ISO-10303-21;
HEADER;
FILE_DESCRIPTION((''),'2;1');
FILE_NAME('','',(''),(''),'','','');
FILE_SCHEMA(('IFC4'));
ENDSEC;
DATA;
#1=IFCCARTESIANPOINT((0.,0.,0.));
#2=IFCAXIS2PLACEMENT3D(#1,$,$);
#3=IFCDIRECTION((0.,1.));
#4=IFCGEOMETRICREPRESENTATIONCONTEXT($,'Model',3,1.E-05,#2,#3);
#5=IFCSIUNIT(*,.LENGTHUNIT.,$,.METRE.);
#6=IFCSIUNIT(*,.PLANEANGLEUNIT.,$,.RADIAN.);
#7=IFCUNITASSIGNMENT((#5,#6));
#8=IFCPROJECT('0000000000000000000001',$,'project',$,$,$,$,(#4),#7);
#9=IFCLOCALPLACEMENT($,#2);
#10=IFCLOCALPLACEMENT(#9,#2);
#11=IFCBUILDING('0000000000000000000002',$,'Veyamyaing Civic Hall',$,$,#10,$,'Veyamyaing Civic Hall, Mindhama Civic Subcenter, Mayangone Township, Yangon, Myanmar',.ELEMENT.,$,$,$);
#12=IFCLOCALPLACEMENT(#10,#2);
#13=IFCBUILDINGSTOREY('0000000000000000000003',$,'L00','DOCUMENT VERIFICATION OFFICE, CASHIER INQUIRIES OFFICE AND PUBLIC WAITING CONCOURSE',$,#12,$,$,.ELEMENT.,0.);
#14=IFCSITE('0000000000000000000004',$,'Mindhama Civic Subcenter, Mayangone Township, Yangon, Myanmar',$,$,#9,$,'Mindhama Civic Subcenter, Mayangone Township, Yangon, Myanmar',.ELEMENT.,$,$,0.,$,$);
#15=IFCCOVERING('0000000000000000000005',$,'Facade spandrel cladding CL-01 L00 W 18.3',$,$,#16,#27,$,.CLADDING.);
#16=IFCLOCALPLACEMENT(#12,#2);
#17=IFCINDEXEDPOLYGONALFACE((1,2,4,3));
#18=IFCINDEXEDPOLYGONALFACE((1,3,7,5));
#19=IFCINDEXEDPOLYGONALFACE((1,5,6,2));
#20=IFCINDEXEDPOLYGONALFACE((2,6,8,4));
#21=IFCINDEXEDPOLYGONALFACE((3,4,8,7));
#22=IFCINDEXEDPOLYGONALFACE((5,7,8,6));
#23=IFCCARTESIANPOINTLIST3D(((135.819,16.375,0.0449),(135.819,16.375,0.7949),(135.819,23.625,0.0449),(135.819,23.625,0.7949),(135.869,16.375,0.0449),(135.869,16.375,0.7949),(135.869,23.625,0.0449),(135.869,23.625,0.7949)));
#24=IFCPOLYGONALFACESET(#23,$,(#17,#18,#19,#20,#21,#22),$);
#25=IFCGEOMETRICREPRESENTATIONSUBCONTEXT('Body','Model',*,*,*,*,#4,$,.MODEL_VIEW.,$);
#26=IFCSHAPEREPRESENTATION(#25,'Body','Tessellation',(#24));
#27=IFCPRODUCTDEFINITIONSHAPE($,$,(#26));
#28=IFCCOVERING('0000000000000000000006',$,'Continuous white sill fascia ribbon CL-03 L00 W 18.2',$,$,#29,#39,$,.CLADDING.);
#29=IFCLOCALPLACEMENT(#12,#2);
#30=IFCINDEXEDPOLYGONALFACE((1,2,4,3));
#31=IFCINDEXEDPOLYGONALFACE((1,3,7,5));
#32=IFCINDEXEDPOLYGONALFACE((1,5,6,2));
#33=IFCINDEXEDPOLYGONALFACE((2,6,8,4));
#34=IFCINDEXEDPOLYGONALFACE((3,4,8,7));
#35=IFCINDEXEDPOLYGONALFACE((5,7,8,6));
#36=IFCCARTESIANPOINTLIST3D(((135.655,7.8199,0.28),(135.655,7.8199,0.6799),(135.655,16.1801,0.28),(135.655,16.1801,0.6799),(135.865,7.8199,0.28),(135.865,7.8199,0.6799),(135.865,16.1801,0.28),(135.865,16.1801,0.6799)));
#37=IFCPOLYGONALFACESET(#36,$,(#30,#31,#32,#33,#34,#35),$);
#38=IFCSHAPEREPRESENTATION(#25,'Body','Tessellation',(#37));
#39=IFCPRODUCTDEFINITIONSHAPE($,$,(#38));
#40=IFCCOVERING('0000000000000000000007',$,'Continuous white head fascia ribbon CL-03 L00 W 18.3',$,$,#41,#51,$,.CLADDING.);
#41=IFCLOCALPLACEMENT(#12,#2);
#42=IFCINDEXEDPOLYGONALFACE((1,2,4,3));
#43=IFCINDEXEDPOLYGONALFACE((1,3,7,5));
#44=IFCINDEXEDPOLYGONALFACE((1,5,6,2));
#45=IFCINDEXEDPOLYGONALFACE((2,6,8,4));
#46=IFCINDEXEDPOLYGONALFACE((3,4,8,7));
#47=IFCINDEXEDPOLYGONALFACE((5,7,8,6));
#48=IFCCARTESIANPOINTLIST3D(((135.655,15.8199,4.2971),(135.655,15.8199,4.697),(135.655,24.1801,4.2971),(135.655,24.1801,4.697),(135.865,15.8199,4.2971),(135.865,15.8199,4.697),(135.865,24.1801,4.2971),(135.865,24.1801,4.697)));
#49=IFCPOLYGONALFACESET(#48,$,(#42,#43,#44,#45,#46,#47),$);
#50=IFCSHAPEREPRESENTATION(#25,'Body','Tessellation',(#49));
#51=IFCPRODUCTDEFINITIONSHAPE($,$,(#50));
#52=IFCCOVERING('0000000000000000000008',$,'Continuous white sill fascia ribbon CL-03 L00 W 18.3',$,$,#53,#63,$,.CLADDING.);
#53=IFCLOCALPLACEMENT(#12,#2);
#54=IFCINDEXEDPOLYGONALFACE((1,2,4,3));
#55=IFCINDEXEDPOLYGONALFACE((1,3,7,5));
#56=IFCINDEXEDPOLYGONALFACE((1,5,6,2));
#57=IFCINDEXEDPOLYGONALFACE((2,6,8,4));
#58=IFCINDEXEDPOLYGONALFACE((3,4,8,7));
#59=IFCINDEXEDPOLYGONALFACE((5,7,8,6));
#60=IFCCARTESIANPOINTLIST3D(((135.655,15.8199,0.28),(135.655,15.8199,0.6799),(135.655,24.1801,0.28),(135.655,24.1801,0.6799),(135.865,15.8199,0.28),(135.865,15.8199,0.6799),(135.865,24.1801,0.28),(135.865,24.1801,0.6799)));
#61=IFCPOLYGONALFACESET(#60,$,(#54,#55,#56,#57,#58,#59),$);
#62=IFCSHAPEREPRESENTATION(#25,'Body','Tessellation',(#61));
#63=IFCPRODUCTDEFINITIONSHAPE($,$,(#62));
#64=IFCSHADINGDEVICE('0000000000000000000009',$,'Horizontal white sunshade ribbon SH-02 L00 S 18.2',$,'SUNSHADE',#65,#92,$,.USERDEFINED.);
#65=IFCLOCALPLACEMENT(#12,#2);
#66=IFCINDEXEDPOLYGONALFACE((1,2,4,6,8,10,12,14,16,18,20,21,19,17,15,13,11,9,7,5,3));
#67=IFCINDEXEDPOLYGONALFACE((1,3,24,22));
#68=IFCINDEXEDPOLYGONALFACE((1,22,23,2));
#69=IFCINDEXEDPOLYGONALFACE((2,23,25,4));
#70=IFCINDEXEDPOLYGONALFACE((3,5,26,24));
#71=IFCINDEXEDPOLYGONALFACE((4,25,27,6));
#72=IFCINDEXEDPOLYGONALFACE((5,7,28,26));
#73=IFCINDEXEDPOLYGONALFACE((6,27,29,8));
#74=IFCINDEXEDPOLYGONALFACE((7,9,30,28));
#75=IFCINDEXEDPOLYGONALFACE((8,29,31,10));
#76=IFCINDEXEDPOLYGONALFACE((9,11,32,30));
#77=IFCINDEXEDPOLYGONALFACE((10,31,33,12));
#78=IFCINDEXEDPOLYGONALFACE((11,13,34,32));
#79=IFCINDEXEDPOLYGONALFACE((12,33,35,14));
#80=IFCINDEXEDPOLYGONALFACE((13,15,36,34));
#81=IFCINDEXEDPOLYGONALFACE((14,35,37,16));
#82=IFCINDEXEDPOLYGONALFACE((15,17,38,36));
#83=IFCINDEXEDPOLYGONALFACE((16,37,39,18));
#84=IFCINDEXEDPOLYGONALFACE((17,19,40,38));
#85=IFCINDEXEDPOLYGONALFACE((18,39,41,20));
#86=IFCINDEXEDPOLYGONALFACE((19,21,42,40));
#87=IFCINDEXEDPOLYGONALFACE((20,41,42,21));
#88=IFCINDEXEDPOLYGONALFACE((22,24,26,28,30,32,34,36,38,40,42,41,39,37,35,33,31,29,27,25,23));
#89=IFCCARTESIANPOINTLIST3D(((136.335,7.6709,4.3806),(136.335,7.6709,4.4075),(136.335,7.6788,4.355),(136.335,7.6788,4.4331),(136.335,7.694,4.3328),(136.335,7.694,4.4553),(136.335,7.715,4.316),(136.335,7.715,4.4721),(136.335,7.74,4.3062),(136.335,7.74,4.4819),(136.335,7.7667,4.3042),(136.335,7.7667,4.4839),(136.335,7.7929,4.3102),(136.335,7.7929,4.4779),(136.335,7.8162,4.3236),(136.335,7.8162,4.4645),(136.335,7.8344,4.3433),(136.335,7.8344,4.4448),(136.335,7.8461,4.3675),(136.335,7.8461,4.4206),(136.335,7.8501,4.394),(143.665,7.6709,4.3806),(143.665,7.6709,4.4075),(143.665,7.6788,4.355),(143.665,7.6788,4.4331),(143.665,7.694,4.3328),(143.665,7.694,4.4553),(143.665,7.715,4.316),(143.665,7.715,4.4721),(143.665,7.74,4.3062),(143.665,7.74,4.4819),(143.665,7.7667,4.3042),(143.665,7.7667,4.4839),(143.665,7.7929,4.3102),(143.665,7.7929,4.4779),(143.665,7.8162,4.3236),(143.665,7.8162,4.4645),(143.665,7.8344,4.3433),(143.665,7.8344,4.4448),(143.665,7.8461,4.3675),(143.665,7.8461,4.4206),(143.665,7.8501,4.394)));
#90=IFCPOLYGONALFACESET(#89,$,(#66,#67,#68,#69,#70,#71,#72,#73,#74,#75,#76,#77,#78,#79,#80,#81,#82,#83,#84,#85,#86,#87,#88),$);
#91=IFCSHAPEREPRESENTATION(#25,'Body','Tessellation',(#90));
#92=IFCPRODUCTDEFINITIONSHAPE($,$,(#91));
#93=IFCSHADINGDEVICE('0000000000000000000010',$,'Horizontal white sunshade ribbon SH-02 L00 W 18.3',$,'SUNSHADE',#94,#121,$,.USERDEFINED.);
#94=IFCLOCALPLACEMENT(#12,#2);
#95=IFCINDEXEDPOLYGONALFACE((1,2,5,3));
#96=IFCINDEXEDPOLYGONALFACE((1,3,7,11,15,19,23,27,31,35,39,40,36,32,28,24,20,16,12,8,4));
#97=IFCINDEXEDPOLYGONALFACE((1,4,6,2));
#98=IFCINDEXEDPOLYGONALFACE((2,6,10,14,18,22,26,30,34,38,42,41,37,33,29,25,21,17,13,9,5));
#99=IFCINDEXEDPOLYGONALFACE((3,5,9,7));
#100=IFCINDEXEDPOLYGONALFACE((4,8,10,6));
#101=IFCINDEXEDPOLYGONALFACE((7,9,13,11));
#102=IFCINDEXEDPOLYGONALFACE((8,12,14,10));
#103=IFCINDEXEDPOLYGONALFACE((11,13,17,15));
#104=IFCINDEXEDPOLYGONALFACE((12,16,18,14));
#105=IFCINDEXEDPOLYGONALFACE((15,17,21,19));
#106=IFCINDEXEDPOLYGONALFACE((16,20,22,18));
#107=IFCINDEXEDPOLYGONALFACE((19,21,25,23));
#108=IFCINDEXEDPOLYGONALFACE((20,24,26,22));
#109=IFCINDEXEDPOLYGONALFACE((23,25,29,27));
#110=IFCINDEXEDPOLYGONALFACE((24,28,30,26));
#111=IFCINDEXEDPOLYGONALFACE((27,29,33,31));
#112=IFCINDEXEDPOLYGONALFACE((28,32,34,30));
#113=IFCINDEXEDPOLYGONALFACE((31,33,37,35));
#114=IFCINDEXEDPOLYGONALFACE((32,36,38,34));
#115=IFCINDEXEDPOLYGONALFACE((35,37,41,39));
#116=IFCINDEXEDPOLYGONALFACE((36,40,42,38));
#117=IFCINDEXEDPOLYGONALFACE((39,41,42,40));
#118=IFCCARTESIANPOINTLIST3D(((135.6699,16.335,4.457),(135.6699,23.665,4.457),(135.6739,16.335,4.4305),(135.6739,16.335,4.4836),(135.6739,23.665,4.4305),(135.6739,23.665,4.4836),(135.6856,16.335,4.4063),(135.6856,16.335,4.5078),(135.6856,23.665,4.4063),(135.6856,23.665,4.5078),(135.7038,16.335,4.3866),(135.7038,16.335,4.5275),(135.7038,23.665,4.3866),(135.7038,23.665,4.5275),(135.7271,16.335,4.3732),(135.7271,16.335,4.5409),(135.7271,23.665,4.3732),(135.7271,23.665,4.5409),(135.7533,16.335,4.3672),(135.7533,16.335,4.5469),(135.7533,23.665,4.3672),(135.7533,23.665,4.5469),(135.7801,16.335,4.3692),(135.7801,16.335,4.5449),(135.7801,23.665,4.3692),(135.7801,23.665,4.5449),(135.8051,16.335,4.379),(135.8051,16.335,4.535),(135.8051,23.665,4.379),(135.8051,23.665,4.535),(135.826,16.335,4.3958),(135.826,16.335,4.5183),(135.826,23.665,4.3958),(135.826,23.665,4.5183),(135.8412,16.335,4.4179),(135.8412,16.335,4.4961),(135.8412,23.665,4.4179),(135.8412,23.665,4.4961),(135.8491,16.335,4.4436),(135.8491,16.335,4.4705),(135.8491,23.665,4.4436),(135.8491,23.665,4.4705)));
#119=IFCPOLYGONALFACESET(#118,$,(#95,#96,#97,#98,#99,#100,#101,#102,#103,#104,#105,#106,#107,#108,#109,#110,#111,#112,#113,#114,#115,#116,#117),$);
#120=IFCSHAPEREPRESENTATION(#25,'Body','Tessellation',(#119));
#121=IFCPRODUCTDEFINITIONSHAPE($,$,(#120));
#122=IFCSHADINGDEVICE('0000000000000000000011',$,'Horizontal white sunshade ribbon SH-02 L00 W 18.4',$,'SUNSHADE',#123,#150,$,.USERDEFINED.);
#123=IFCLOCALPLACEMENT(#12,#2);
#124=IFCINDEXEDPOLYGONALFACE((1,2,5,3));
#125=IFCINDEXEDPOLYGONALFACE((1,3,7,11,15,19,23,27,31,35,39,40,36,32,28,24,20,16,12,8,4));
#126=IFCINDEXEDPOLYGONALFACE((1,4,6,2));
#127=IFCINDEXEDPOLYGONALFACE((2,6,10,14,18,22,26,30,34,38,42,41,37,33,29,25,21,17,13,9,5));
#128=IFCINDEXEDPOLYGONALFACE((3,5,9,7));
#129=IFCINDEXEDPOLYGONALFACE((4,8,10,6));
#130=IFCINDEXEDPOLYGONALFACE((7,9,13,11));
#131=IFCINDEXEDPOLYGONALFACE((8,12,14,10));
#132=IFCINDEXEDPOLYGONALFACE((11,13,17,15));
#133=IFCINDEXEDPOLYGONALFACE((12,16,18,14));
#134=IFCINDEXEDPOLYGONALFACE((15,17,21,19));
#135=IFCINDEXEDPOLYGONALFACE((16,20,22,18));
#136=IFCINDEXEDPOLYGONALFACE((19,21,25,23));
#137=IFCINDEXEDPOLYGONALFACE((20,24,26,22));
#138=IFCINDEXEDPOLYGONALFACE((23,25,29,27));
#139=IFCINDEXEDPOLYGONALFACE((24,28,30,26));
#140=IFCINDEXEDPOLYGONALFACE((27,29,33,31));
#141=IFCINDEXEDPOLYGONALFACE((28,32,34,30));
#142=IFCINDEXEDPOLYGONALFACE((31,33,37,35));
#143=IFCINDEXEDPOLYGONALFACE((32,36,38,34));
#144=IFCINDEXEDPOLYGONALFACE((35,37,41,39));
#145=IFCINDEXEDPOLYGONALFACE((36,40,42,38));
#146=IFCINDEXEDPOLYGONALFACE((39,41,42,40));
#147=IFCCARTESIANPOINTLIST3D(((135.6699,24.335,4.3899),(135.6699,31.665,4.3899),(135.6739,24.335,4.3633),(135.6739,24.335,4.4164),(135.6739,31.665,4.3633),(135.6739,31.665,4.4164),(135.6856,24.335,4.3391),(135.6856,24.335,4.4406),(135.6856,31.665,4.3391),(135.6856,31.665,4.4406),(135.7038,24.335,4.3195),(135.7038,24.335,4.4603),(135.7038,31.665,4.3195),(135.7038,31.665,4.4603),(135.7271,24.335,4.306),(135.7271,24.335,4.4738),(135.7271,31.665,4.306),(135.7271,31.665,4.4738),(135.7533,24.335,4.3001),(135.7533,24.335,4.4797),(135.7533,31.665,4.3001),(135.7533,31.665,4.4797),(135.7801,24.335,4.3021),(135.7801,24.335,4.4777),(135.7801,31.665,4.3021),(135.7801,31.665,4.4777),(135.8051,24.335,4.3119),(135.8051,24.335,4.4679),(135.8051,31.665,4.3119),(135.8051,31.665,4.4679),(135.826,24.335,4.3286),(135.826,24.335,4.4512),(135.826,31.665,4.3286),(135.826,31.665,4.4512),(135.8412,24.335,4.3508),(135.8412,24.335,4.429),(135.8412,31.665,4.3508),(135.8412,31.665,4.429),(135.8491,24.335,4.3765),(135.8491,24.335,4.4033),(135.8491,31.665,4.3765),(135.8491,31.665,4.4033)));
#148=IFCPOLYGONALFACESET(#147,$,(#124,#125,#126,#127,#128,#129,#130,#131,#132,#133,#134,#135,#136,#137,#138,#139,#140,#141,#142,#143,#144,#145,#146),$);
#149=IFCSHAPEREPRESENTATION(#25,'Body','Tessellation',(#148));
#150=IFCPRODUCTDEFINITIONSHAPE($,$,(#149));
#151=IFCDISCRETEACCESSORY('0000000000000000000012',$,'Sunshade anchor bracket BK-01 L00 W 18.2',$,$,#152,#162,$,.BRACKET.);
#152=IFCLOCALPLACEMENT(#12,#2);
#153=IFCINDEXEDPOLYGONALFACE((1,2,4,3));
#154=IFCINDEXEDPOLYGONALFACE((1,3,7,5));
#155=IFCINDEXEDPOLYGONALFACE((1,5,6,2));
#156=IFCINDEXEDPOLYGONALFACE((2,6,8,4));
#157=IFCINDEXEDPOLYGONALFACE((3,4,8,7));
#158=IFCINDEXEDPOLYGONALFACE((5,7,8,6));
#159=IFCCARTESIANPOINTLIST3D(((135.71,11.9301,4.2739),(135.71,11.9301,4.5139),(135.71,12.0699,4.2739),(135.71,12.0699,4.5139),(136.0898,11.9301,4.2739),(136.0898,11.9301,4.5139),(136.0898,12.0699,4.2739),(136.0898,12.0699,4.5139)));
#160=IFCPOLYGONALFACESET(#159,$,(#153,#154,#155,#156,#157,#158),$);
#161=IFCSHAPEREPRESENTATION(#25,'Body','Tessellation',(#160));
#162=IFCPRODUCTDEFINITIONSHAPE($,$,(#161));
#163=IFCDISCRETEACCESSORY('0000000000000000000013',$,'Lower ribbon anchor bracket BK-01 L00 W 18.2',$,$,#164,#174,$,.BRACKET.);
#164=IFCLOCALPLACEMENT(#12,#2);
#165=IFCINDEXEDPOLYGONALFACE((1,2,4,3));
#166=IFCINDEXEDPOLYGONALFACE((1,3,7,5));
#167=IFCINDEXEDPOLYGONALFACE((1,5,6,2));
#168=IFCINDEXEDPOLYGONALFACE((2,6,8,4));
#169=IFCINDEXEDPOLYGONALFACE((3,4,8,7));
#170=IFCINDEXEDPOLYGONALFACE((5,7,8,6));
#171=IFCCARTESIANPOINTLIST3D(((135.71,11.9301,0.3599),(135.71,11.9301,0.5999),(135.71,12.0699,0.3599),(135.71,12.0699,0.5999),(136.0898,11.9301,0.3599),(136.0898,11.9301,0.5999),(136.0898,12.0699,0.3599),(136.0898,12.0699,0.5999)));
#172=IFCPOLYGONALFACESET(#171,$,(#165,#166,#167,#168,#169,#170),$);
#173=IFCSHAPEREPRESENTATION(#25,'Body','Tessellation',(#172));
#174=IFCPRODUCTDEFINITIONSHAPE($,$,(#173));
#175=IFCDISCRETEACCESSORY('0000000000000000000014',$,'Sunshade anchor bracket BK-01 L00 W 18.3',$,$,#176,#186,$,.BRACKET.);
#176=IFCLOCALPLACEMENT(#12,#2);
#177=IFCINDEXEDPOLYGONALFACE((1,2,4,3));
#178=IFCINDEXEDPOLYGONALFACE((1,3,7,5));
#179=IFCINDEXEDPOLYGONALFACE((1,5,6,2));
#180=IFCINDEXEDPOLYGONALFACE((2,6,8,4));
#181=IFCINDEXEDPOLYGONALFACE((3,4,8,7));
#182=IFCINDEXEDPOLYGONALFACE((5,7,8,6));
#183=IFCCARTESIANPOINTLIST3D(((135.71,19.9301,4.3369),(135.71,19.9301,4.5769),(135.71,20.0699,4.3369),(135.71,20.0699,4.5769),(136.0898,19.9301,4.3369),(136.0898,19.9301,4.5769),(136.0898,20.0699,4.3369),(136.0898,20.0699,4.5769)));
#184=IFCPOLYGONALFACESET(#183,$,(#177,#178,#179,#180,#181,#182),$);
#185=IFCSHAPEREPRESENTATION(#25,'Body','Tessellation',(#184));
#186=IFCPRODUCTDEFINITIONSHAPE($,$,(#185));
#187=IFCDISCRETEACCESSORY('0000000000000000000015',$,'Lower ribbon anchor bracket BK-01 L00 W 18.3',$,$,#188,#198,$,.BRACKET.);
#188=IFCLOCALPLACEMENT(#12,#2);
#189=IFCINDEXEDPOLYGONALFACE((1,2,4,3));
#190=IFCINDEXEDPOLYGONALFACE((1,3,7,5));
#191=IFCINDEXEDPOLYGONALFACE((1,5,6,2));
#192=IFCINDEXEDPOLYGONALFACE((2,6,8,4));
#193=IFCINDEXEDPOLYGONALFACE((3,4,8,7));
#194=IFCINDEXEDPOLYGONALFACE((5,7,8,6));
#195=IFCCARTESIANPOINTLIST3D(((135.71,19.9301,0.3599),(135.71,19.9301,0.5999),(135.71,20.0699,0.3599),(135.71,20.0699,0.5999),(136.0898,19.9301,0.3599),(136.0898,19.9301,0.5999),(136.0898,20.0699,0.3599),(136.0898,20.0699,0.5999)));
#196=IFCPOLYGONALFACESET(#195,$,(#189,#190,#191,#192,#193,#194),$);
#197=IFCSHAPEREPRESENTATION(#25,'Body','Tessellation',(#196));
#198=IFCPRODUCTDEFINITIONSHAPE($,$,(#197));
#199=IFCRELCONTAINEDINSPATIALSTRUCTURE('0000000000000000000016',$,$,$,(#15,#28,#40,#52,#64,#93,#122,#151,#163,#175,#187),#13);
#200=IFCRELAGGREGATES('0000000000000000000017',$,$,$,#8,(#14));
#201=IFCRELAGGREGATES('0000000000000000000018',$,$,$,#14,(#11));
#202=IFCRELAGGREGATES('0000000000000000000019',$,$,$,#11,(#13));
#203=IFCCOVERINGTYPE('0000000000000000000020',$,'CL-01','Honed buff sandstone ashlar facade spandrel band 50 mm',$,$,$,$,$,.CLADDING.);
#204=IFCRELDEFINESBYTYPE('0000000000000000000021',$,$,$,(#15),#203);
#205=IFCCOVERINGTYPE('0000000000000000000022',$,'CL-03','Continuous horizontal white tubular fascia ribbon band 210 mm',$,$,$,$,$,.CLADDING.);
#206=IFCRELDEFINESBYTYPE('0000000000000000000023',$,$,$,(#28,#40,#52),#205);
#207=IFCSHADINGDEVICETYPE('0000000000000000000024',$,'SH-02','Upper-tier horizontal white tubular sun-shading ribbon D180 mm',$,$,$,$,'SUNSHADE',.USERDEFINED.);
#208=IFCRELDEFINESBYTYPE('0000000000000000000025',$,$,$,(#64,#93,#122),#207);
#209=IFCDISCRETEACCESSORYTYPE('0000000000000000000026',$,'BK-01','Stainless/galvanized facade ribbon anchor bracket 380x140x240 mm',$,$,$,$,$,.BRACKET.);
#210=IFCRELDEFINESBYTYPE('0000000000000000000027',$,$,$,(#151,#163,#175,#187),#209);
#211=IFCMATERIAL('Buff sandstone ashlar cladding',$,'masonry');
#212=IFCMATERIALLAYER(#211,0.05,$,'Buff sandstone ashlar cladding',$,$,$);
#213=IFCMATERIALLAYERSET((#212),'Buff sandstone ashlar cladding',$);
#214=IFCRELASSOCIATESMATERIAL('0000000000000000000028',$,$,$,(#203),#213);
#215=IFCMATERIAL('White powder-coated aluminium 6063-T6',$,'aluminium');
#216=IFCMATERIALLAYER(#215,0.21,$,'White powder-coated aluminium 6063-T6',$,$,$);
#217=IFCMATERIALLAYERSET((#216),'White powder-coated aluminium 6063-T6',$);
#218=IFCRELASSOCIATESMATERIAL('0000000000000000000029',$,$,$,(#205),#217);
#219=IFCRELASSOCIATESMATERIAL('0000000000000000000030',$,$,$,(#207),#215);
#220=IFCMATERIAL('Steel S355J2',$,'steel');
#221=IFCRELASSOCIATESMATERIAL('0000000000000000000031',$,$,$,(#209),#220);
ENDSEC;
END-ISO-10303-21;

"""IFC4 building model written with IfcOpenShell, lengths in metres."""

from ifc_helpers import new_model, si_unit, direction, frame, origin, origin_2d, place, context, subcontext, project, spatial, rectangle, circle, extrude, material, layer, layer_set, material_profile, profile_set, type_object, element, save


model = new_model("IFC4")

# Units and contexts
model_context = context("Model", 3, precision=1e-05, world=origin(), true_north=direction((0.0, 1.0)))
body_context = subcontext(model_context, "Body", "Model", "MODEL_VIEW")
ifc_project = project(units=[si_unit("LENGTHUNIT", "METRE"), si_unit("PLANEANGLEUNIT", "RADIAN")], contexts=[model_context])

# Site, building, storey
site_placement = place(None, origin())
site = spatial("IfcSite", under=ifc_project, at=site_placement, Name="Mindhama Civic Subcenter, Mayangone Township, Yangon, Myanmar", LongName="Mindhama Civic Subcenter, Mayangone Township, Yangon, Myanmar", CompositionType="ELEMENT", RefElevation=0.0)
building_placement = place(site_placement, origin())
building = spatial("IfcBuilding", under=site, at=building_placement, Name="Veyamyaing Civic Hall", LongName="Veyamyaing Civic Hall, Mindhama Civic Subcenter, Mayangone Township, Yangon, Myanmar", CompositionType="ELEMENT")
storey_placement = place(building_placement, origin())
storey = spatial("IfcBuildingStorey", under=building, at=storey_placement, Name="L00", Description="DOCUMENT VERIFICATION OFFICE, CASHIER INQUIRIES OFFICE AND PUBLIC WAITING CONCOURSE", CompositionType="ELEMENT", Elevation=0.0)

# Coverings
ifc_material_1 = material(Name="Buff sandstone ashlar cladding", Category="masonry")
ifc_layer_1 = layer(ifc_material_1, 0.05, Name="Buff sandstone ashlar cladding")
ifc_layer_set_1 = layer_set([ifc_layer_1], Name="Buff sandstone ashlar cladding")
covering_type_1 = type_object("IfcCoveringType", Name="CL-01", Description="Honed buff sandstone ashlar facade spandrel band 50 mm", PredefinedType="CLADDING", material=ifc_layer_set_1)
for number, where, z_axis, x_axis, name in (
    (1, (135.844, 20.0, 0.0449), (0.0, 0.0, 1.0), (0.0, 1.0, 0.0), "Facade spandrel cladding CL-01 L00 W 18.3"),
):
    element("IfcCovering", number, at=place(storey_placement, frame(where, z_axis=z_axis, x_axis=x_axis)), inside=storey, type_object=covering_type_1, Name=name, PredefinedType="CLADDING", context=body_context, shape_type="SweptSolid", body=[
        extrude(rectangle(XDim=7.25, YDim=0.05, at=origin_2d()), origin(), (0.0, 0.0, 1.0), 0.75),
    ])
ifc_material_2 = material(Name="White powder-coated aluminium 6063-T6", Category="aluminium")
ifc_layer_2 = layer(ifc_material_2, 0.21, Name="White powder-coated aluminium 6063-T6")
ifc_layer_set_2 = layer_set([ifc_layer_2], Name="White powder-coated aluminium 6063-T6")
covering_type_2 = type_object("IfcCoveringType", Name="CL-03", Description="Continuous horizontal white tubular fascia ribbon band 210 mm", PredefinedType="CLADDING", material=ifc_layer_set_2)
for number, where, z_axis, x_axis, name in (
    (2, (135.76, 12.0, 0.28), (0.0, 0.0, 1.0), (0.0, 1.0, 0.0), "Continuous white sill fascia ribbon CL-03 L00 W 18.2"),
    (3, (135.76, 20.0, 4.2971), (0.0, 0.0, 1.0), (0.0, 1.0, 0.0), "Continuous white head fascia ribbon CL-03 L00 W 18.3"),
    (4, (135.76, 20.0, 0.28), (0.0, 0.0, 1.0), (0.0, 1.0, 0.0), "Continuous white sill fascia ribbon CL-03 L00 W 18.3"),
):
    element("IfcCovering", number, at=place(storey_placement, frame(where, z_axis=z_axis, x_axis=x_axis)), inside=storey, type_object=covering_type_2, Name=name, PredefinedType="CLADDING", context=body_context, shape_type="SweptSolid", body=[
        extrude(rectangle(XDim=8.3601, YDim=0.21, at=origin_2d()), origin(), (0.0, 0.0, 1.0), 0.3999),
    ])

# Shading devices
ifc_material_profile_1 = material_profile(ifc_material_2, circle(Radius=0.0901, at=origin_2d()), Name="SHADE-TUBE-180")
ifc_profile_set_1 = profile_set([ifc_material_profile_1], Name="White powder-coated aluminium 6063-T6")
shading_device_type = type_object("IfcShadingDeviceType", Name="SH-02", Description="Upper-tier horizontal white tubular sun-shading ribbon D180 mm", ElementType="SUNSHADE", PredefinedType="USERDEFINED", material=ifc_profile_set_1)
for number, where, z_axis, x_axis, name in (
    (5, (136.335, 7.76, 4.394), (1.0, 0.0, 0.0), (0.0, 1.0, 0.0), "Horizontal white sunshade ribbon SH-02 L00 S 18.2"),
    (6, (135.76, 16.335, 4.457), (0.0, 1.0, 0.0), (-1.0, 0.0, 0.0), "Horizontal white sunshade ribbon SH-02 L00 W 18.3"),
    (7, (135.76, 24.335, 4.3899), (0.0, 1.0, 0.0), (-1.0, 0.0, 0.0), "Horizontal white sunshade ribbon SH-02 L00 W 18.4"),
):
    element("IfcShadingDevice", number, at=place(storey_placement, frame(where, z_axis=z_axis, x_axis=x_axis)), inside=storey, type_object=shading_device_type, Name=name, ObjectType="SUNSHADE", PredefinedType="USERDEFINED", context=body_context, shape_type="SweptSolid", body=[
        extrude(circle(Radius=0.0901, at=origin_2d()), origin(), (0.0, 0.0, 1.0), 7.3301),
    ])

# Discrete accessories
ifc_material_3 = material(Name="Steel S355J2", Category="steel")
discrete_accessory_type = type_object("IfcDiscreteAccessoryType", Name="BK-01", Description="Stainless/galvanized facade ribbon anchor bracket 380x140x240 mm", PredefinedType="BRACKET", material=ifc_material_3)
for number, where, z_axis, x_axis, name in (
    (8, (135.8999, 12.0, 4.2739), (0.0, 0.0, 1.0), (-1.0, 0.0, 0.0), "Sunshade anchor bracket BK-01 L00 W 18.2"),
    (9, (135.8999, 12.0, 0.3599), (0.0, 0.0, 1.0), (-1.0, 0.0, 0.0), "Lower ribbon anchor bracket BK-01 L00 W 18.2"),
    (10, (135.8999, 20.0, 4.3369), (0.0, 0.0, 1.0), (-1.0, 0.0, 0.0), "Sunshade anchor bracket BK-01 L00 W 18.3"),
    (11, (135.8999, 20.0, 0.3599), (0.0, 0.0, 1.0), (-1.0, 0.0, 0.0), "Lower ribbon anchor bracket BK-01 L00 W 18.3"),
):
    element("IfcDiscreteAccessory", number, at=place(storey_placement, frame(where, z_axis=z_axis, x_axis=x_axis)), inside=storey, type_object=discrete_accessory_type, Name=name, PredefinedType="BRACKET", context=body_context, shape_type="SweptSolid", body=[
        extrude(rectangle(XDim=0.3799, YDim=0.1399, at=origin_2d()), origin(), (0.0, 0.0, 1.0), 0.24),
    ])

save(model, "model.ifc")
